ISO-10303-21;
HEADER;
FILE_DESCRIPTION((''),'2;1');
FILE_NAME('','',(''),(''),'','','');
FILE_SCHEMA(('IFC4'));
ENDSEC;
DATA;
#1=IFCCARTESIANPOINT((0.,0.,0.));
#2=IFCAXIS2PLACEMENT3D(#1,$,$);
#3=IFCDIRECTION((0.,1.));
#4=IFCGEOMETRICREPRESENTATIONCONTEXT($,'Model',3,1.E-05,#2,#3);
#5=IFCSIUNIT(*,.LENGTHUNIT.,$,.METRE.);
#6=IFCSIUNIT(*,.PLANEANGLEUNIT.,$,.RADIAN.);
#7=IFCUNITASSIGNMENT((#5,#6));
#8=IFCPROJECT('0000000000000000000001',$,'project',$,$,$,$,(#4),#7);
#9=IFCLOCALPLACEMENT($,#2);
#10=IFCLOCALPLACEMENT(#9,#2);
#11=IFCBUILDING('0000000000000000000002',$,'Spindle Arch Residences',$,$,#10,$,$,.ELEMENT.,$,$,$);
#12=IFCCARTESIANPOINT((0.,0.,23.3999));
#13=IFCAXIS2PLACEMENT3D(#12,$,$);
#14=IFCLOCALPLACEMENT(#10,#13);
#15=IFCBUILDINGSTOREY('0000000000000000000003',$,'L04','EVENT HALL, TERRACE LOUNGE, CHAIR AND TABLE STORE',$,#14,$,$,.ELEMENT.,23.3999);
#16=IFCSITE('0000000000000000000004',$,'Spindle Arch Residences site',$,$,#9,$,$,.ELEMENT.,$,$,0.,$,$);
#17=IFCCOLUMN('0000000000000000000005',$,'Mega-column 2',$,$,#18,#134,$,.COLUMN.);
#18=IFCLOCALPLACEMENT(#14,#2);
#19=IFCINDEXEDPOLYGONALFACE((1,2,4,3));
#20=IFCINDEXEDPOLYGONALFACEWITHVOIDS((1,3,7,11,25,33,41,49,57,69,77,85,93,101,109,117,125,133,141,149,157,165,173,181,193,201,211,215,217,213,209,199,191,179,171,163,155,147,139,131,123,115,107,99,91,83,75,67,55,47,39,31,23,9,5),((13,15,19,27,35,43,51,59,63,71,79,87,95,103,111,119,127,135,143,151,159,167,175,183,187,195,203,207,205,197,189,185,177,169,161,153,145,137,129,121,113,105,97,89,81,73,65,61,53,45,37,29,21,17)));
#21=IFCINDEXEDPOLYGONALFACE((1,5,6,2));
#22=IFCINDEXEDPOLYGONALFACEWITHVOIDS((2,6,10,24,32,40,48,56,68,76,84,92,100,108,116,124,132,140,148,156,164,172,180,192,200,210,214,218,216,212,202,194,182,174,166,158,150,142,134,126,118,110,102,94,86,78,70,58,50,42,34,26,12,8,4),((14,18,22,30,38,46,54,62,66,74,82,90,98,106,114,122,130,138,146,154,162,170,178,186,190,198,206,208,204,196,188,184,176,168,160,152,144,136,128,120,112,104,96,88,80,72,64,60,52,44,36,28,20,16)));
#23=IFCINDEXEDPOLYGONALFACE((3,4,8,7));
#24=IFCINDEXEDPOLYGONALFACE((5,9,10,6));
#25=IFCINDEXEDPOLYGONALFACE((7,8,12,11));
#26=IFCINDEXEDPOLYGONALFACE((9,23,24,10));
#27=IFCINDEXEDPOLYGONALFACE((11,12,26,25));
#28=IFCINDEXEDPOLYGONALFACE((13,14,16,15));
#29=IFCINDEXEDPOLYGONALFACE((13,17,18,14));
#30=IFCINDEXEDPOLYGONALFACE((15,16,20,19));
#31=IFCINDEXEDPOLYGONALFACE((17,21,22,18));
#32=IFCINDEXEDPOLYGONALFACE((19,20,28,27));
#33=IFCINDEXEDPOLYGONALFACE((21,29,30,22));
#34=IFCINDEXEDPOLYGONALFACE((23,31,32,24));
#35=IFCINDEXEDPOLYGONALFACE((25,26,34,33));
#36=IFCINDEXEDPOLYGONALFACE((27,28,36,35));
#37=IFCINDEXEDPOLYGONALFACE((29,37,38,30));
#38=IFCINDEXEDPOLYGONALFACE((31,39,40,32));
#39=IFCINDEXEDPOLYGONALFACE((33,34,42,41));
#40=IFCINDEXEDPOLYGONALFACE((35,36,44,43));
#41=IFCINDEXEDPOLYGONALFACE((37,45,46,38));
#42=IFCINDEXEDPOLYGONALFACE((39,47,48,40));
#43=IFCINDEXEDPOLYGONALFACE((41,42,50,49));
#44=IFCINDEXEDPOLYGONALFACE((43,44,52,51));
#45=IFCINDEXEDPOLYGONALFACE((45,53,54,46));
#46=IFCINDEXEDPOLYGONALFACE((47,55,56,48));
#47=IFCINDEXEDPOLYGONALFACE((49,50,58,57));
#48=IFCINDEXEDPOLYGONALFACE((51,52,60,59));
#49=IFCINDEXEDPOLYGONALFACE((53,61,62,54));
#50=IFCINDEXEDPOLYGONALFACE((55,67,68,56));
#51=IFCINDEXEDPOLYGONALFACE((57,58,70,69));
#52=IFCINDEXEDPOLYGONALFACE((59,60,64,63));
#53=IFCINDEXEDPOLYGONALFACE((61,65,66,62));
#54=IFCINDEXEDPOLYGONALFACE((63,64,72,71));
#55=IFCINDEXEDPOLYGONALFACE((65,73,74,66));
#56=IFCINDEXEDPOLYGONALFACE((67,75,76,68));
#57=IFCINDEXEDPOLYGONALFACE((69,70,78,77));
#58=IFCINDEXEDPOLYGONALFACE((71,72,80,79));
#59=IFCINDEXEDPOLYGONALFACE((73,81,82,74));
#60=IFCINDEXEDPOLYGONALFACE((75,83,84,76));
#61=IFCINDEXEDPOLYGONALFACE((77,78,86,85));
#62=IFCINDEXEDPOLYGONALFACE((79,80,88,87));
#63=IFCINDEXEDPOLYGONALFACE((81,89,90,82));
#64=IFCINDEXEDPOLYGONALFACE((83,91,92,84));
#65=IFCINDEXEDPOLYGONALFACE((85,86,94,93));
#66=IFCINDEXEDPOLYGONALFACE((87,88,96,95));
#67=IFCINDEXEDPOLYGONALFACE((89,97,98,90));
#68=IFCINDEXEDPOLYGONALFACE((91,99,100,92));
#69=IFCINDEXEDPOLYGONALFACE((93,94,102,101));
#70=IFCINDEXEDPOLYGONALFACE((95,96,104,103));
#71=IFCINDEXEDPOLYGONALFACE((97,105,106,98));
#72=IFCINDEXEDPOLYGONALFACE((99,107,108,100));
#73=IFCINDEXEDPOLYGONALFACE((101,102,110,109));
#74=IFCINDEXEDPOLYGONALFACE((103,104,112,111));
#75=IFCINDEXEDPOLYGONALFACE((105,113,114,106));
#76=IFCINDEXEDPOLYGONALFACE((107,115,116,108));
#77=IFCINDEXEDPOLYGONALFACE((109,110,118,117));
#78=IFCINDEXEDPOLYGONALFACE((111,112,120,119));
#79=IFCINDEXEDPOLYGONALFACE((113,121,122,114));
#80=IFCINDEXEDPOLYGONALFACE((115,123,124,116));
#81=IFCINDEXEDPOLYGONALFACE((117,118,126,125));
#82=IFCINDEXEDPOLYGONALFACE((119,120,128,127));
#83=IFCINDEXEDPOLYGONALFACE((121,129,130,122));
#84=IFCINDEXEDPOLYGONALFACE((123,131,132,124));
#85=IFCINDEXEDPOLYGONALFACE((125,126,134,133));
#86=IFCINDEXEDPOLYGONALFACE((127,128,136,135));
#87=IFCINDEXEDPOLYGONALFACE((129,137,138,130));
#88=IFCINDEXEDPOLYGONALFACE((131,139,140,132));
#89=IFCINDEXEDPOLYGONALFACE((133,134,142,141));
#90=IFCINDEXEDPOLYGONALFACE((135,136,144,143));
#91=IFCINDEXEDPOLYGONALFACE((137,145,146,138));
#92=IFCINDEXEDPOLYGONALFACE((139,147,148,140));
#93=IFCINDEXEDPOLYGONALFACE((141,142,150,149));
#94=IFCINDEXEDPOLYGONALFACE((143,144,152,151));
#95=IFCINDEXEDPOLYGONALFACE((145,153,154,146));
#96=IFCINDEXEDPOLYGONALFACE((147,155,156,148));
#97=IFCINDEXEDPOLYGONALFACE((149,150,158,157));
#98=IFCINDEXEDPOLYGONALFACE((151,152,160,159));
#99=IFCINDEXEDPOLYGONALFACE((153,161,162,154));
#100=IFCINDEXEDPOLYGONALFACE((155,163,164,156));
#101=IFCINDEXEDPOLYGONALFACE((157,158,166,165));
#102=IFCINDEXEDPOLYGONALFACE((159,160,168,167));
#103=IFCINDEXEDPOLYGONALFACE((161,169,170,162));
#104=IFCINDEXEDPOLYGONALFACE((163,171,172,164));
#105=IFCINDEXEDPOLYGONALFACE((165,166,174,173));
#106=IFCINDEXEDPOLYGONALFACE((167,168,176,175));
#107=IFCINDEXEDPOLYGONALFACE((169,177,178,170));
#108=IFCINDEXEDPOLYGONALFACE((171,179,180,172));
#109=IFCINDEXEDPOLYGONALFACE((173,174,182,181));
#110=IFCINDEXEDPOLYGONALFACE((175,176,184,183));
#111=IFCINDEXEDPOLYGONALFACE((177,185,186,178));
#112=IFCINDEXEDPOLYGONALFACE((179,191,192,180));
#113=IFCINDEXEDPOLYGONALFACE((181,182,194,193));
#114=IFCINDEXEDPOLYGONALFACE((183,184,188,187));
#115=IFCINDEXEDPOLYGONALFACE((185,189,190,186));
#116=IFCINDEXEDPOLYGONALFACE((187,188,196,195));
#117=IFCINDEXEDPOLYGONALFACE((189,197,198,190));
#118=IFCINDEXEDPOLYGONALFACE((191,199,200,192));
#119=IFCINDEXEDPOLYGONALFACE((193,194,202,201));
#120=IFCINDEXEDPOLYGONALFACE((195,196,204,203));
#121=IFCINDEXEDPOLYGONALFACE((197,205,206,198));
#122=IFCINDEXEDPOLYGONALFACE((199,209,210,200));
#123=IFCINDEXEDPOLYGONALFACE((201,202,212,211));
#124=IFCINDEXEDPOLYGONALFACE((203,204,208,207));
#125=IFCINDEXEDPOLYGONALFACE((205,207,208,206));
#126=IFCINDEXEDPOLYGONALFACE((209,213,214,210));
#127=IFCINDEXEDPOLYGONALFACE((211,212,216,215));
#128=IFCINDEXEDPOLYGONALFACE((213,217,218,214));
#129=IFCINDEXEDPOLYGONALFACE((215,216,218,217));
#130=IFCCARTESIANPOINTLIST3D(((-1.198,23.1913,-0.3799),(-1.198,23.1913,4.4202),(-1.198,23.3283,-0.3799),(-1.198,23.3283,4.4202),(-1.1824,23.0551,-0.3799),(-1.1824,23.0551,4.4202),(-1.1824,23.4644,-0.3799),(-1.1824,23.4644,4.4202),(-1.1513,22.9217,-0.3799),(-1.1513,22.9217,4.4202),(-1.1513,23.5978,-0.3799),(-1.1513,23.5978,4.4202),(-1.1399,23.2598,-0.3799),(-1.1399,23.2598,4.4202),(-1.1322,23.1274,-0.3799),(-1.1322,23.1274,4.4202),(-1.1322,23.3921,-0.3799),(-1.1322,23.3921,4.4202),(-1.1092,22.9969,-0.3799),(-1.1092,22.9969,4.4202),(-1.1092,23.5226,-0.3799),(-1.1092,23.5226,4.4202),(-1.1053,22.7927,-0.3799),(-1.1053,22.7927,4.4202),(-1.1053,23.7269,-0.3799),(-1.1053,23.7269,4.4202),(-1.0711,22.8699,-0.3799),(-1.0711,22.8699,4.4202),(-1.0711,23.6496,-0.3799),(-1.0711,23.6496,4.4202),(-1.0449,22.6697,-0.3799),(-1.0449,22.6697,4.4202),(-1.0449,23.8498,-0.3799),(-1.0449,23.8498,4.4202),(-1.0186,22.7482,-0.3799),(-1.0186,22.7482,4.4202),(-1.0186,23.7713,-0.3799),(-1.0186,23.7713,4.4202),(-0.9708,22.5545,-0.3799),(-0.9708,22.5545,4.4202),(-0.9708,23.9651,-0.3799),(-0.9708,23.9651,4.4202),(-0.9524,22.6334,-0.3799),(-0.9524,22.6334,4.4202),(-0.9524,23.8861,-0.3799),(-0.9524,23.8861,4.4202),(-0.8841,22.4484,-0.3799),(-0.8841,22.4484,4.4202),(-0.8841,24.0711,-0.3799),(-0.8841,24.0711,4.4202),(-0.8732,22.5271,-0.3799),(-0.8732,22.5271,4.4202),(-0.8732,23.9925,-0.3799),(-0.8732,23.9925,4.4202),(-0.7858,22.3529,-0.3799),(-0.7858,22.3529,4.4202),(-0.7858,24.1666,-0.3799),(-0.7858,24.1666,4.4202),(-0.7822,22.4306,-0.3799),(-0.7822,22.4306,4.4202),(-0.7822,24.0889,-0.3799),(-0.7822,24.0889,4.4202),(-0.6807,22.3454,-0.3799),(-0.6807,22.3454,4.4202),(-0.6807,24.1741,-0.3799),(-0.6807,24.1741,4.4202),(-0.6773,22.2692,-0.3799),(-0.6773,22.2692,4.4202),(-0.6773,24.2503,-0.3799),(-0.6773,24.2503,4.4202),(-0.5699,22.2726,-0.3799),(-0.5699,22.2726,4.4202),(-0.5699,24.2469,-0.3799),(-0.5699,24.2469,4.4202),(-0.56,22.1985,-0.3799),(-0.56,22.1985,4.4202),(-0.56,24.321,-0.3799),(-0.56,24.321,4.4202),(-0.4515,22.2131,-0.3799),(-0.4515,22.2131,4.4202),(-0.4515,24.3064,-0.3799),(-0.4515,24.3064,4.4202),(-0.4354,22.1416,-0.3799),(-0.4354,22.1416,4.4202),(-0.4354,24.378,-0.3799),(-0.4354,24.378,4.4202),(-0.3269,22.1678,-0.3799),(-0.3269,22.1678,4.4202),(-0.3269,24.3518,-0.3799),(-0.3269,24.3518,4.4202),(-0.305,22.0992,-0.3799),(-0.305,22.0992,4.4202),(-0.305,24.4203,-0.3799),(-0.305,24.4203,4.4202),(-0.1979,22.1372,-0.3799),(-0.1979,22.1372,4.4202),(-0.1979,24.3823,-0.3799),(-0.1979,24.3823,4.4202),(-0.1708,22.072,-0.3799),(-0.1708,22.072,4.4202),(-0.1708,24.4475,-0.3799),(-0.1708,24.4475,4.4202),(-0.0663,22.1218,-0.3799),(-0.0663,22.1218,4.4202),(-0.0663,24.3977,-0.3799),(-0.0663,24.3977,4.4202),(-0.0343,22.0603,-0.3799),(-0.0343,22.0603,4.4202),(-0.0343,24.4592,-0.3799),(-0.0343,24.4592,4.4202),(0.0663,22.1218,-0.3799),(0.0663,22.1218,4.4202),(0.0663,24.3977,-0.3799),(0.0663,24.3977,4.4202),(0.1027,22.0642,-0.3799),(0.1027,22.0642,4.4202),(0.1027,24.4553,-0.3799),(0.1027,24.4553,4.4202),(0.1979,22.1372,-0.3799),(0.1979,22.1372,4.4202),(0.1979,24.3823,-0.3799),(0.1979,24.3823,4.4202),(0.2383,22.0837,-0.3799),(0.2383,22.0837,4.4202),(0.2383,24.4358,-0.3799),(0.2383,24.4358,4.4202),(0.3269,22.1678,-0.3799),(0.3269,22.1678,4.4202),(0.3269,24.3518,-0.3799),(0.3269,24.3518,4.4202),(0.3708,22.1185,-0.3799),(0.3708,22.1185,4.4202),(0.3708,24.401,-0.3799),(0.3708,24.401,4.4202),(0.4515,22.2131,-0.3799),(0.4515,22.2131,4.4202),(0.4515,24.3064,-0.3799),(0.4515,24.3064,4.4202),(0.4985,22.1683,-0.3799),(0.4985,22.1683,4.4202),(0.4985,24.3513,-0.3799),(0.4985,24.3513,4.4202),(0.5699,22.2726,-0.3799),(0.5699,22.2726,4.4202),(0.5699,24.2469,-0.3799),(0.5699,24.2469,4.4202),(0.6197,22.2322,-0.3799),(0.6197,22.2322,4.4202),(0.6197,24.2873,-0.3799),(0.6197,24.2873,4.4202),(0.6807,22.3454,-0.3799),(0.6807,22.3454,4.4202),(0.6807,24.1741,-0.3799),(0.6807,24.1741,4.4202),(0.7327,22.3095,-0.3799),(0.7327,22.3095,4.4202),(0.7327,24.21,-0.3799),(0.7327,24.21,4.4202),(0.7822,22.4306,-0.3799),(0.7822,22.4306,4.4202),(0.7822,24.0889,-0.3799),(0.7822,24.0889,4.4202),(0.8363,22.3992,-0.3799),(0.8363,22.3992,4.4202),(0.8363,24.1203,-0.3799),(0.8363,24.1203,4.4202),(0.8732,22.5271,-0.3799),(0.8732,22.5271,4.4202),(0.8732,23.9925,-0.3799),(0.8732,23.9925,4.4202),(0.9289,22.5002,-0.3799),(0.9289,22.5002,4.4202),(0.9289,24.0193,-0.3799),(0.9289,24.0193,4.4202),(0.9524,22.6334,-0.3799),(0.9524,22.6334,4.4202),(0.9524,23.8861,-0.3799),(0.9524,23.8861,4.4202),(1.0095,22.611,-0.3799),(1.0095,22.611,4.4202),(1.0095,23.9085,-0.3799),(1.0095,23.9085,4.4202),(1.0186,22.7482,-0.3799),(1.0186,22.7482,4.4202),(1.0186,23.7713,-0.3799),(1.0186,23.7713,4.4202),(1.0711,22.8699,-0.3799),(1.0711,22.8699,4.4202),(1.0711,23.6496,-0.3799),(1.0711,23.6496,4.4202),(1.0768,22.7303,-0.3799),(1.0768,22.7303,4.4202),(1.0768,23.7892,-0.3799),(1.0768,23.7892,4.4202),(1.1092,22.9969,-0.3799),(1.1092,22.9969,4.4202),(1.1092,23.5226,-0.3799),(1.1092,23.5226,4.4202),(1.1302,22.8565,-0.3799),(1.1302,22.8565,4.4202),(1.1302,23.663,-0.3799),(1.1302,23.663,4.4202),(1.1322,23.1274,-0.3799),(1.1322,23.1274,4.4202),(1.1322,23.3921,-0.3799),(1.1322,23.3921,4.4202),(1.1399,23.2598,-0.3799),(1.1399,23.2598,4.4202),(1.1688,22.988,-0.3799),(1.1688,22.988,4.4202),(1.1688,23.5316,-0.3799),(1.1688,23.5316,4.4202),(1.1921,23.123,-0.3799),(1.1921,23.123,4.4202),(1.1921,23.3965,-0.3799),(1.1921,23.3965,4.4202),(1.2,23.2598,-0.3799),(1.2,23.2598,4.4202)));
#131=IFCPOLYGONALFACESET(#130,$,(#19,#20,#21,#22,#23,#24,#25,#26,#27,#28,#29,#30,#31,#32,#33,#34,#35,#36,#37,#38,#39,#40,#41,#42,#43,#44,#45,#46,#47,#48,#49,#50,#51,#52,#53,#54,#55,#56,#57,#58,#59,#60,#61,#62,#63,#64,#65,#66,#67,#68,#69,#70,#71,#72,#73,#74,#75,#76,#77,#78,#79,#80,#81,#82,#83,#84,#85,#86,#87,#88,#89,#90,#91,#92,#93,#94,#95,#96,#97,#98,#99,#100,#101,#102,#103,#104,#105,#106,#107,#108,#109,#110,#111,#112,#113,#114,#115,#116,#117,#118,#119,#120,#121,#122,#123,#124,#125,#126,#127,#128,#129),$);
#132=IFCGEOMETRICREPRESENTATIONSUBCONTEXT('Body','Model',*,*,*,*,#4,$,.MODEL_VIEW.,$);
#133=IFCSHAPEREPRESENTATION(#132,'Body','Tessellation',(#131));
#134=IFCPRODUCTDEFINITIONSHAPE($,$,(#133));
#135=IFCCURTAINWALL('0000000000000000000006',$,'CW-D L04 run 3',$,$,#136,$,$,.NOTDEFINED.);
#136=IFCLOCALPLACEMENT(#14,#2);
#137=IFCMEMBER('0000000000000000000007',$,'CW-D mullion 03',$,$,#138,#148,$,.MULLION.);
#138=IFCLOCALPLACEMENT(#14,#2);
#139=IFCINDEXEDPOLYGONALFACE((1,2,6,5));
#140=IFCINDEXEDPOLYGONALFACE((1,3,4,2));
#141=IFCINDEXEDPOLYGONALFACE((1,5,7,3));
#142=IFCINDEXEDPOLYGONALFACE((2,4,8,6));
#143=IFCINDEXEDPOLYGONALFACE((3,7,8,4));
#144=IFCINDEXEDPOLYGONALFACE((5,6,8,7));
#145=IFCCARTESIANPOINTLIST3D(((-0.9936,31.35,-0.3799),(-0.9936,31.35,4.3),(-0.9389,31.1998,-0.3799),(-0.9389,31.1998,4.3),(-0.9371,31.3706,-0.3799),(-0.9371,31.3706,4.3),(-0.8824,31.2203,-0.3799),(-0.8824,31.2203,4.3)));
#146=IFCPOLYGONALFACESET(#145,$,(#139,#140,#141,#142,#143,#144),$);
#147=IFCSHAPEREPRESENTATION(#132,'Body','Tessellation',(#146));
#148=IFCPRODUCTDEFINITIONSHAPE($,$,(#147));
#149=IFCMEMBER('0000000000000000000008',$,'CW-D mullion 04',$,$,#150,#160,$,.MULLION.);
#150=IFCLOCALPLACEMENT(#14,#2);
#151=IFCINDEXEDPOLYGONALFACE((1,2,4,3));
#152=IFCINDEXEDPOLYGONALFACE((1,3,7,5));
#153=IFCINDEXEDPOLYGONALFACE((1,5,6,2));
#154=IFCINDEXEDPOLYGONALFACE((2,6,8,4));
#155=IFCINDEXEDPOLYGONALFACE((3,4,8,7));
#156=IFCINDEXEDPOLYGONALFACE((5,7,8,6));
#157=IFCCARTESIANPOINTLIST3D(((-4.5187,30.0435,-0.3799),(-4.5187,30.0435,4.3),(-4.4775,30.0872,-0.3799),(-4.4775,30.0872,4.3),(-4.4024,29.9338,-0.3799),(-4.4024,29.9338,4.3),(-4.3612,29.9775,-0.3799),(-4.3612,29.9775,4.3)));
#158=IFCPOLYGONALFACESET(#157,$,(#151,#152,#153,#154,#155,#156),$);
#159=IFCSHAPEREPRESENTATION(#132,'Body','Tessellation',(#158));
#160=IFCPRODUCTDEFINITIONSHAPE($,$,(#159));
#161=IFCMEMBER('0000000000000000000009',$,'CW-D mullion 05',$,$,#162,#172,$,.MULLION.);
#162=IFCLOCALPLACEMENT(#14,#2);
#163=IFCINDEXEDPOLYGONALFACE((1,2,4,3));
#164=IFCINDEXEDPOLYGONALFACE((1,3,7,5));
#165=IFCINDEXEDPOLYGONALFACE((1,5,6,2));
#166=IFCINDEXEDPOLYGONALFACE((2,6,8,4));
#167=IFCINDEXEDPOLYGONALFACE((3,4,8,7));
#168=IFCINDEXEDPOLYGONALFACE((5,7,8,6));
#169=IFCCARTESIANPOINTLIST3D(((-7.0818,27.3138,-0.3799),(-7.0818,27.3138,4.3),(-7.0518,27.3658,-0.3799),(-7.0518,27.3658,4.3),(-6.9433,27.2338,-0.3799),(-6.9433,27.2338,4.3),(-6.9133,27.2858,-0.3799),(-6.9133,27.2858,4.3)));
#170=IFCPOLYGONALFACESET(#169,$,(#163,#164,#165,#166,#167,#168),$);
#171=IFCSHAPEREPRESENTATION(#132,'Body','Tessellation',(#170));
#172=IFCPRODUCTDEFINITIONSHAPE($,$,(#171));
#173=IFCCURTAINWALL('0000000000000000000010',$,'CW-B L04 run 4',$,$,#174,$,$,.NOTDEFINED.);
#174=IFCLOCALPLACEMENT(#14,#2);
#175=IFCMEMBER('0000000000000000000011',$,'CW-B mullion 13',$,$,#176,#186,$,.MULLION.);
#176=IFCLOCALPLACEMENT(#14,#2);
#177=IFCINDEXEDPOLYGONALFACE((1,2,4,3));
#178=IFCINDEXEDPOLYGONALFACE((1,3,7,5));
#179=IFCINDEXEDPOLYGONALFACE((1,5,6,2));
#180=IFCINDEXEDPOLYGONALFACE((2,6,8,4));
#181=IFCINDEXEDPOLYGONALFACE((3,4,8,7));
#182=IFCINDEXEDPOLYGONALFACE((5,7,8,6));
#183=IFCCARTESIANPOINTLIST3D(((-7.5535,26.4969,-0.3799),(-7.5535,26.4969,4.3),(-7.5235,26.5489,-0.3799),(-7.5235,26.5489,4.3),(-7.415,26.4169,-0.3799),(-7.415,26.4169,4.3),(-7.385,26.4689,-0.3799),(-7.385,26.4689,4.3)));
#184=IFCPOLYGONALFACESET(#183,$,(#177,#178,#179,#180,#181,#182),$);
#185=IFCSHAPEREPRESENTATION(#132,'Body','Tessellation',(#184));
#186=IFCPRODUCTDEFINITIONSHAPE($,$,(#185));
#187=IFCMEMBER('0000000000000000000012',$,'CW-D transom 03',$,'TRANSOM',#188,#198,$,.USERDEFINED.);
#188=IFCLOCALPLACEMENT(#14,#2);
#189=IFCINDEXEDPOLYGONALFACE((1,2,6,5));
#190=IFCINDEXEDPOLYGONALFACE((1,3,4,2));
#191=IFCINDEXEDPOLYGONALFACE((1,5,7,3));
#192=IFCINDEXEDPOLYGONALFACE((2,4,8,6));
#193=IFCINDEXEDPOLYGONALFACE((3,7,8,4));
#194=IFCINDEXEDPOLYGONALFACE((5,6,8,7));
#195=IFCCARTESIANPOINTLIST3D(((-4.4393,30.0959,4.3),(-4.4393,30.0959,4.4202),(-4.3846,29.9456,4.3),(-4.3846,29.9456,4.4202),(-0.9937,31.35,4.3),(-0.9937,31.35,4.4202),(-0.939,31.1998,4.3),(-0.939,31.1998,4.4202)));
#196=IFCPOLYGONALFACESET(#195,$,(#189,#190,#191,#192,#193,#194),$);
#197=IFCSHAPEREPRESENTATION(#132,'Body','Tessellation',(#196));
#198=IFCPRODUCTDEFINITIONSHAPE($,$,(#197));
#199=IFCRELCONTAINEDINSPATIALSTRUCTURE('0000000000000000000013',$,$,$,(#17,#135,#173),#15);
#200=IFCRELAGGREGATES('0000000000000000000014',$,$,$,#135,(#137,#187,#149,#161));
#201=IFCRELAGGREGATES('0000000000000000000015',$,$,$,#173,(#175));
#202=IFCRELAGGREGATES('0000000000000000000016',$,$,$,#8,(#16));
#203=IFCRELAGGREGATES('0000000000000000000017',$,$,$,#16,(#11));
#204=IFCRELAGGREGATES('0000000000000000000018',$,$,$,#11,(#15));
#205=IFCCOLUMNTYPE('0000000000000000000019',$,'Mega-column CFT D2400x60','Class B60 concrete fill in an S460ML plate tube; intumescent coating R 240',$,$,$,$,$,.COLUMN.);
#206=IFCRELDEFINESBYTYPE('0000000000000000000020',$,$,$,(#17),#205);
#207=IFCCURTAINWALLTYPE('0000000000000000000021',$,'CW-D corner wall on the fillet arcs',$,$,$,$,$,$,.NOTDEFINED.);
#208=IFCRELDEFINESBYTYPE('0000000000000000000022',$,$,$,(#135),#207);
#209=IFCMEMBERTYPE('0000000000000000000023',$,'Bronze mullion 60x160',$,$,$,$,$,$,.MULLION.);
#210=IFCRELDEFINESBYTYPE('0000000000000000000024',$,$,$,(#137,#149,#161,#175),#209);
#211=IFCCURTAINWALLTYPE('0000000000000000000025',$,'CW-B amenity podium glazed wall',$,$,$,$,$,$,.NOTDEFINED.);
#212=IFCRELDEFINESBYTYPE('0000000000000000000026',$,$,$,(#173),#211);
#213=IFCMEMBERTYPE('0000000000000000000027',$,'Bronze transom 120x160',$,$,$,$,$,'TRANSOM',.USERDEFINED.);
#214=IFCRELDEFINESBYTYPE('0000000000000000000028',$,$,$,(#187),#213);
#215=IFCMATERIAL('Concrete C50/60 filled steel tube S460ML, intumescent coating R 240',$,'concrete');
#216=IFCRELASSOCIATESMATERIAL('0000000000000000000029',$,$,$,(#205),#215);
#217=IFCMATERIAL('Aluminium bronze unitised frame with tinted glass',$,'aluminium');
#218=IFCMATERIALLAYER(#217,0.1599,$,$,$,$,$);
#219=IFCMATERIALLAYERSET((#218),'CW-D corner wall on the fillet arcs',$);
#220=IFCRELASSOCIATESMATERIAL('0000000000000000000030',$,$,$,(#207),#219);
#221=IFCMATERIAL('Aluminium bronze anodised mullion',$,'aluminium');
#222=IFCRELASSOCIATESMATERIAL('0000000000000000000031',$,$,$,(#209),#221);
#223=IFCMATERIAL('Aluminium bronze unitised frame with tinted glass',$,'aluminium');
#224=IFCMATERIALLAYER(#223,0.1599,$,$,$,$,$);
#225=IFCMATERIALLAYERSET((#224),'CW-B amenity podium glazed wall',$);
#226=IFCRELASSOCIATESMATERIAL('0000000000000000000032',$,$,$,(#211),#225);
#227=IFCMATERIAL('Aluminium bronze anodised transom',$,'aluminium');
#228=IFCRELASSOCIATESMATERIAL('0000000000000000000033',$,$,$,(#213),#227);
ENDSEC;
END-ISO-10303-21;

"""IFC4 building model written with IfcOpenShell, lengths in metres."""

from ifc_helpers import new_model, si_unit, direction, frame, origin, origin_2d, place, context, subcontext, project, spatial, rectangle, hollow_circle, extrude, material, layer, layer_set, material_profile, profile_set, type_object, element, aggregate, save


model = new_model("IFC4")

# Units and contexts
model_context = context("Model", 3, precision=1e-05, world=origin(), true_north=direction((0.0, 1.0)))
body_context = subcontext(model_context, "Body", "Model", "MODEL_VIEW")
ifc_project = project(units=[si_unit("LENGTHUNIT", "METRE"), si_unit("PLANEANGLEUNIT", "RADIAN")], contexts=[model_context])

# Site, building, storey
site_placement = place(None, origin())
site = spatial("IfcSite", under=ifc_project, at=site_placement, Name="Spindle Arch Residences site", CompositionType="ELEMENT", RefElevation=0.0)
building_placement = place(site_placement, origin())
building = spatial("IfcBuilding", under=site, at=building_placement, Name="Spindle Arch Residences", CompositionType="ELEMENT")
storey_placement = place(building_placement, frame((0.0, 0.0, 23.3999)))
storey = spatial("IfcBuildingStorey", under=building, at=storey_placement, Name="L04", Description="EVENT HALL, TERRACE LOUNGE, CHAIR AND TABLE STORE", CompositionType="ELEMENT", Elevation=23.3999)

# Column
ifc_material_1 = material(Name="Concrete C50/60 filled steel tube S460ML, intumescent coating R 240", Category="concrete")
ifc_material_profile_1 = material_profile(ifc_material_1, hollow_circle(Radius=1.2, WallThickness=0.0601, at=origin_2d()), Name="CFT D2400x60")
ifc_profile_set_1 = profile_set([ifc_material_profile_1], Name="Concrete C50/60 filled steel tube S460ML, intumescent coating R 240")
column_type_1 = type_object("IfcColumnType", Name="Mega-column CFT D2400x60", Description="Class B60 concrete fill in an S460ML plate tube; intumescent coating R 240", PredefinedType="COLUMN", material=ifc_profile_set_1)
column_placement = place(storey_placement, frame((0.0, 23.2598, -0.3799), z_axis=(0.0, 0.0, 1.0), x_axis=(1.0, 0.0, 0.0)))
element("IfcColumn", 1, at=column_placement, inside=storey, type_object=column_type_1, Name="Mega-column 2", PredefinedType="COLUMN", context=body_context, shape_type="SweptSolid", body=[
    extrude(hollow_circle(Radius=1.2, WallThickness=0.0601, at=origin_2d()), origin(), (0.0, 0.0, 1.0), 4.8),
])

# Curtain wall, members
ifc_material_2 = material(Name="Aluminium bronze unitised frame with tinted glass", Category="aluminium")
ifc_layer_1 = layer(ifc_material_2, 0.1599)
ifc_layer_set_1 = layer_set([ifc_layer_1], Name="CW-D corner wall on the fillet arcs")
curtain_wall_type_1 = type_object("IfcCurtainWallType", Name="CW-D corner wall on the fillet arcs", PredefinedType="NOTDEFINED", material=ifc_layer_set_1)
curtain_wall_1_placement = place(storey_placement, origin())
curtain_wall_1 = element("IfcCurtainWall", 2, at=curtain_wall_1_placement, inside=storey, type_object=curtain_wall_type_1, Name="CW-D L04 run 3", PredefinedType="NOTDEFINED")
ifc_material_3 = material(Name="Aluminium bronze anodised mullion", Category="aluminium")
ifc_material_profile_2 = material_profile(ifc_material_3, rectangle(XDim=0.1599, YDim=0.0601, at=origin_2d()), Name="MU 60x160")
ifc_profile_set_2 = profile_set([ifc_material_profile_2], Name="Aluminium bronze anodised mullion")
member_type_1 = type_object("IfcMemberType", Name="Bronze mullion 60x160", PredefinedType="MULLION", material=ifc_profile_set_2)
member_1_placement = place(storey_placement, frame((-0.938, 31.2852, -0.3799), z_axis=(0.0, 0.0, 1.0), x_axis=(0.34202, -0.939693, 0.0)))
member_1 = element("IfcMember", 3, at=member_1_placement, type_object=member_type_1, Name="CW-D mullion 03", PredefinedType="MULLION", context=body_context, shape_type="SweptSolid", body=[
    extrude(rectangle(XDim=0.1599, YDim=0.0601, at=origin_2d()), origin(), (0.0, 0.0, 1.0), 4.6799),
])
member_2_placement = place(storey_placement, frame((-4.4399, 30.0105, -0.3799), z_axis=(0.0, 0.0, 1.0), x_axis=(0.727374, -0.686242, 0.0)))
member_2 = element("IfcMember", 4, at=member_2_placement, type_object=member_type_1, Name="CW-D mullion 04", PredefinedType="MULLION", context=body_context, shape_type="SweptSolid", body=[
    extrude(rectangle(XDim=0.1599, YDim=0.0601, at=origin_2d()), origin(), (0.0, 0.0, 1.0), 4.6799),
])
member_3_placement = place(storey_placement, frame((-6.9976, 27.2998, -0.3799), z_axis=(0.0, 0.0, 1.0), x_axis=(0.866025, -0.5, 0.0)))
member_3 = element("IfcMember", 5, at=member_3_placement, type_object=member_type_1, Name="CW-D mullion 05", PredefinedType="MULLION", context=body_context, shape_type="SweptSolid", body=[
    extrude(rectangle(XDim=0.1599, YDim=0.0601, at=origin_2d()), origin(), (0.0, 0.0, 1.0), 4.6799),
])

# Curtain wall, member
ifc_material_4 = material(Name="Aluminium bronze unitised frame with tinted glass", Category="aluminium")
ifc_layer_2 = layer(ifc_material_4, 0.1599)
ifc_layer_set_2 = layer_set([ifc_layer_2], Name="CW-B amenity podium glazed wall")
curtain_wall_type_2 = type_object("IfcCurtainWallType", Name="CW-B amenity podium glazed wall", PredefinedType="NOTDEFINED", material=ifc_layer_set_2)
curtain_wall_2_placement = place(storey_placement, origin())
curtain_wall_2 = element("IfcCurtainWall", 6, at=curtain_wall_2_placement, inside=storey, type_object=curtain_wall_type_2, Name="CW-B L04 run 4", PredefinedType="NOTDEFINED")
member_4_placement = place(storey_placement, frame((-7.4692, 26.4829, -0.3799), z_axis=(0.0, 0.0, 1.0), x_axis=(0.866025, -0.5, 0.0)))
member_4 = element("IfcMember", 7, at=member_4_placement, type_object=member_type_1, Name="CW-B mullion 13", PredefinedType="MULLION", context=body_context, shape_type="SweptSolid", body=[
    extrude(rectangle(XDim=0.1599, YDim=0.0601, at=origin_2d()), origin(), (0.0, 0.0, 1.0), 4.6799),
])

# Member
ifc_material_5 = material(Name="Aluminium bronze anodised transom", Category="aluminium")
ifc_material_profile_3 = material_profile(ifc_material_5, rectangle(XDim=0.1599, YDim=0.1201, at=origin_2d()), Name="TR 120x160")
ifc_profile_set_3 = profile_set([ifc_material_profile_3], Name="Aluminium bronze anodised transom")
member_type_2 = type_object("IfcMemberType", Name="Bronze transom 120x160", ElementType="TRANSOM", PredefinedType="USERDEFINED", material=ifc_profile_set_3)
member_5_placement = place(storey_placement, frame((-0.9663, 31.2749, 4.3601), z_axis=(-0.939686, -0.342037, 0.0), x_axis=(0.342037, -0.939686, 0.0)))
member_5 = element("IfcMember", 8, at=member_5_placement, type_object=member_type_2, Name="CW-D transom 03", ObjectType="TRANSOM", PredefinedType="USERDEFINED", context=body_context, shape_type="SweptSolid", body=[
    extrude(rectangle(XDim=0.1599, YDim=0.1201, at=origin_2d()), origin(), (0.0, 0.0, 1.0), 3.6667),
])

aggregate(curtain_wall_1, [member_1, member_5, member_2, member_3])
aggregate(curtain_wall_2, [member_4])

save(model, "model.ifc")
